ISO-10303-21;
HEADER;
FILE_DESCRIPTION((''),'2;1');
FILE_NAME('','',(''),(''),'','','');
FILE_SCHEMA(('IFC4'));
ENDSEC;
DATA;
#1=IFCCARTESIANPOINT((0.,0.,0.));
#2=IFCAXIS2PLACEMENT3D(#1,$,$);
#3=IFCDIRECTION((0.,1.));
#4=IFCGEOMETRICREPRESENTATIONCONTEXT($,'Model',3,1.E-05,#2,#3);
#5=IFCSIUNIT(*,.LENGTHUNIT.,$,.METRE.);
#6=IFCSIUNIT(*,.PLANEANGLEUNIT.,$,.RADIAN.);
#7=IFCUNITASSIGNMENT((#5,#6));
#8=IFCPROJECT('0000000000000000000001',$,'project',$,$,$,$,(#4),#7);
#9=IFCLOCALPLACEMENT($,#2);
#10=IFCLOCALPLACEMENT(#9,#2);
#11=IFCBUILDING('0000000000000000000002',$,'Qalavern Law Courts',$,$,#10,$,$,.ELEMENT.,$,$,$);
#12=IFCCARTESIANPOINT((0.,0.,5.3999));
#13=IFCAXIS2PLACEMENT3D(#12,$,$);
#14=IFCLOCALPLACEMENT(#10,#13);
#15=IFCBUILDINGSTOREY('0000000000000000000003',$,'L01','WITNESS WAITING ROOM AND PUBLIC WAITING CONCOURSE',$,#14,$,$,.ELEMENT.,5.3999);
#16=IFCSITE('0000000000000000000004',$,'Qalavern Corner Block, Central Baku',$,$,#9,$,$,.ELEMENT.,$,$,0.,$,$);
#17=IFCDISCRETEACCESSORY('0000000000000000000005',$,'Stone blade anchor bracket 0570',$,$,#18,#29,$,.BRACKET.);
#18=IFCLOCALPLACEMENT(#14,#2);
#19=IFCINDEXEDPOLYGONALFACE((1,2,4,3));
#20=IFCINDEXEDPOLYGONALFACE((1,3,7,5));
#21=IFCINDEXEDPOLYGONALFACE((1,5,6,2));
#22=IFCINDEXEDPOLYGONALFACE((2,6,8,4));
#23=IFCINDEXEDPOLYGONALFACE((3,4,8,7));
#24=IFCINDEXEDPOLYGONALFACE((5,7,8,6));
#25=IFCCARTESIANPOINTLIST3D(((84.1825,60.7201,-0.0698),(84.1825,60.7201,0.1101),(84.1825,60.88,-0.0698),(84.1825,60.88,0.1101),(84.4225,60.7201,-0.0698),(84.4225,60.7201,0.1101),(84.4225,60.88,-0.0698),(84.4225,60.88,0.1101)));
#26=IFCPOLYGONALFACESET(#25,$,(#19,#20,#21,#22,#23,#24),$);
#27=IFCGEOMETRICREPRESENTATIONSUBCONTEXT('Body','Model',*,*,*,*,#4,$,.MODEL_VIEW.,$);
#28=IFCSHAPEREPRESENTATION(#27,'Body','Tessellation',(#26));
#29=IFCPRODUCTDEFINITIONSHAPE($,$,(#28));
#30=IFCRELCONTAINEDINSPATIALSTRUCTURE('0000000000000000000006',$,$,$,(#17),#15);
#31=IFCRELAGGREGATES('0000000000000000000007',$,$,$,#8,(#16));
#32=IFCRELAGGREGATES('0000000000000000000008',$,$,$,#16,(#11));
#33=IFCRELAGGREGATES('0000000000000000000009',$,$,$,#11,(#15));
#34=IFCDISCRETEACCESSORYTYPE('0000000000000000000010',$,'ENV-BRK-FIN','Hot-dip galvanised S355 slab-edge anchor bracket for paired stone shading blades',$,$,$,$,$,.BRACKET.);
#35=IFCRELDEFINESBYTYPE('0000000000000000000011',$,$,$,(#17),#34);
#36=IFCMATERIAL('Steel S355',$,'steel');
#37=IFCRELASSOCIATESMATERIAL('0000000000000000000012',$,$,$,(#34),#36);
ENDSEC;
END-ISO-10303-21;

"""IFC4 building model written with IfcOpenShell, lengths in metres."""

from ifc_helpers import new_model, si_unit, direction, frame, origin, origin_2d, place, context, subcontext, project, spatial, rectangle, extrude, material, type_object, element, save


model = new_model("IFC4")

# Units and contexts
model_context = context("Model", 3, precision=1e-05, world=origin(), true_north=direction((0.0, 1.0)))
body_context = subcontext(model_context, "Body", "Model", "MODEL_VIEW")
ifc_project = project(units=[si_unit("LENGTHUNIT", "METRE"), si_unit("PLANEANGLEUNIT", "RADIAN")], contexts=[model_context])

# Site, building, storey
site_placement = place(None, origin())
site = spatial("IfcSite", under=ifc_project, at=site_placement, Name="Qalavern Corner Block, Central Baku", CompositionType="ELEMENT", RefElevation=0.0)
building_placement = place(site_placement, origin())
building = spatial("IfcBuilding", under=site, at=building_placement, Name="Qalavern Law Courts", CompositionType="ELEMENT")
storey_placement = place(building_placement, frame((0.0, 0.0, 5.3999)))
storey = spatial("IfcBuildingStorey", under=building, at=storey_placement, Name="L01", Description="WITNESS WAITING ROOM AND PUBLIC WAITING CONCOURSE", CompositionType="ELEMENT", Elevation=5.3999)

# Shared definitions
ifc_material_1 = material(Name="Steel S355", Category="steel")

# Discrete accessory
discrete_accessory_type = type_object("IfcDiscreteAccessoryType", Name="ENV-BRK-FIN", Description="Hot-dip galvanised S355 slab-edge anchor bracket for paired stone shading blades", PredefinedType="BRACKET", material=ifc_material_1)
for number, where, z_axis, x_axis, name in (
    (1, (84.3025, 60.8, -0.0698), (0.0, 0.0, 1.0), (-1.0, 0.0, 0.0), "Stone blade anchor bracket 0570"),
):
    element("IfcDiscreteAccessory", number, at=place(storey_placement, frame(where, z_axis=z_axis, x_axis=x_axis)), inside=storey, type_object=discrete_accessory_type, Name=name, PredefinedType="BRACKET", context=body_context, shape_type="SweptSolid", body=[
        extrude(rectangle(XDim=0.24, YDim=0.1599, at=origin_2d()), origin(), (0.0, 0.0, 1.0), 0.1799),
    ])

save(model, "model.ifc")
